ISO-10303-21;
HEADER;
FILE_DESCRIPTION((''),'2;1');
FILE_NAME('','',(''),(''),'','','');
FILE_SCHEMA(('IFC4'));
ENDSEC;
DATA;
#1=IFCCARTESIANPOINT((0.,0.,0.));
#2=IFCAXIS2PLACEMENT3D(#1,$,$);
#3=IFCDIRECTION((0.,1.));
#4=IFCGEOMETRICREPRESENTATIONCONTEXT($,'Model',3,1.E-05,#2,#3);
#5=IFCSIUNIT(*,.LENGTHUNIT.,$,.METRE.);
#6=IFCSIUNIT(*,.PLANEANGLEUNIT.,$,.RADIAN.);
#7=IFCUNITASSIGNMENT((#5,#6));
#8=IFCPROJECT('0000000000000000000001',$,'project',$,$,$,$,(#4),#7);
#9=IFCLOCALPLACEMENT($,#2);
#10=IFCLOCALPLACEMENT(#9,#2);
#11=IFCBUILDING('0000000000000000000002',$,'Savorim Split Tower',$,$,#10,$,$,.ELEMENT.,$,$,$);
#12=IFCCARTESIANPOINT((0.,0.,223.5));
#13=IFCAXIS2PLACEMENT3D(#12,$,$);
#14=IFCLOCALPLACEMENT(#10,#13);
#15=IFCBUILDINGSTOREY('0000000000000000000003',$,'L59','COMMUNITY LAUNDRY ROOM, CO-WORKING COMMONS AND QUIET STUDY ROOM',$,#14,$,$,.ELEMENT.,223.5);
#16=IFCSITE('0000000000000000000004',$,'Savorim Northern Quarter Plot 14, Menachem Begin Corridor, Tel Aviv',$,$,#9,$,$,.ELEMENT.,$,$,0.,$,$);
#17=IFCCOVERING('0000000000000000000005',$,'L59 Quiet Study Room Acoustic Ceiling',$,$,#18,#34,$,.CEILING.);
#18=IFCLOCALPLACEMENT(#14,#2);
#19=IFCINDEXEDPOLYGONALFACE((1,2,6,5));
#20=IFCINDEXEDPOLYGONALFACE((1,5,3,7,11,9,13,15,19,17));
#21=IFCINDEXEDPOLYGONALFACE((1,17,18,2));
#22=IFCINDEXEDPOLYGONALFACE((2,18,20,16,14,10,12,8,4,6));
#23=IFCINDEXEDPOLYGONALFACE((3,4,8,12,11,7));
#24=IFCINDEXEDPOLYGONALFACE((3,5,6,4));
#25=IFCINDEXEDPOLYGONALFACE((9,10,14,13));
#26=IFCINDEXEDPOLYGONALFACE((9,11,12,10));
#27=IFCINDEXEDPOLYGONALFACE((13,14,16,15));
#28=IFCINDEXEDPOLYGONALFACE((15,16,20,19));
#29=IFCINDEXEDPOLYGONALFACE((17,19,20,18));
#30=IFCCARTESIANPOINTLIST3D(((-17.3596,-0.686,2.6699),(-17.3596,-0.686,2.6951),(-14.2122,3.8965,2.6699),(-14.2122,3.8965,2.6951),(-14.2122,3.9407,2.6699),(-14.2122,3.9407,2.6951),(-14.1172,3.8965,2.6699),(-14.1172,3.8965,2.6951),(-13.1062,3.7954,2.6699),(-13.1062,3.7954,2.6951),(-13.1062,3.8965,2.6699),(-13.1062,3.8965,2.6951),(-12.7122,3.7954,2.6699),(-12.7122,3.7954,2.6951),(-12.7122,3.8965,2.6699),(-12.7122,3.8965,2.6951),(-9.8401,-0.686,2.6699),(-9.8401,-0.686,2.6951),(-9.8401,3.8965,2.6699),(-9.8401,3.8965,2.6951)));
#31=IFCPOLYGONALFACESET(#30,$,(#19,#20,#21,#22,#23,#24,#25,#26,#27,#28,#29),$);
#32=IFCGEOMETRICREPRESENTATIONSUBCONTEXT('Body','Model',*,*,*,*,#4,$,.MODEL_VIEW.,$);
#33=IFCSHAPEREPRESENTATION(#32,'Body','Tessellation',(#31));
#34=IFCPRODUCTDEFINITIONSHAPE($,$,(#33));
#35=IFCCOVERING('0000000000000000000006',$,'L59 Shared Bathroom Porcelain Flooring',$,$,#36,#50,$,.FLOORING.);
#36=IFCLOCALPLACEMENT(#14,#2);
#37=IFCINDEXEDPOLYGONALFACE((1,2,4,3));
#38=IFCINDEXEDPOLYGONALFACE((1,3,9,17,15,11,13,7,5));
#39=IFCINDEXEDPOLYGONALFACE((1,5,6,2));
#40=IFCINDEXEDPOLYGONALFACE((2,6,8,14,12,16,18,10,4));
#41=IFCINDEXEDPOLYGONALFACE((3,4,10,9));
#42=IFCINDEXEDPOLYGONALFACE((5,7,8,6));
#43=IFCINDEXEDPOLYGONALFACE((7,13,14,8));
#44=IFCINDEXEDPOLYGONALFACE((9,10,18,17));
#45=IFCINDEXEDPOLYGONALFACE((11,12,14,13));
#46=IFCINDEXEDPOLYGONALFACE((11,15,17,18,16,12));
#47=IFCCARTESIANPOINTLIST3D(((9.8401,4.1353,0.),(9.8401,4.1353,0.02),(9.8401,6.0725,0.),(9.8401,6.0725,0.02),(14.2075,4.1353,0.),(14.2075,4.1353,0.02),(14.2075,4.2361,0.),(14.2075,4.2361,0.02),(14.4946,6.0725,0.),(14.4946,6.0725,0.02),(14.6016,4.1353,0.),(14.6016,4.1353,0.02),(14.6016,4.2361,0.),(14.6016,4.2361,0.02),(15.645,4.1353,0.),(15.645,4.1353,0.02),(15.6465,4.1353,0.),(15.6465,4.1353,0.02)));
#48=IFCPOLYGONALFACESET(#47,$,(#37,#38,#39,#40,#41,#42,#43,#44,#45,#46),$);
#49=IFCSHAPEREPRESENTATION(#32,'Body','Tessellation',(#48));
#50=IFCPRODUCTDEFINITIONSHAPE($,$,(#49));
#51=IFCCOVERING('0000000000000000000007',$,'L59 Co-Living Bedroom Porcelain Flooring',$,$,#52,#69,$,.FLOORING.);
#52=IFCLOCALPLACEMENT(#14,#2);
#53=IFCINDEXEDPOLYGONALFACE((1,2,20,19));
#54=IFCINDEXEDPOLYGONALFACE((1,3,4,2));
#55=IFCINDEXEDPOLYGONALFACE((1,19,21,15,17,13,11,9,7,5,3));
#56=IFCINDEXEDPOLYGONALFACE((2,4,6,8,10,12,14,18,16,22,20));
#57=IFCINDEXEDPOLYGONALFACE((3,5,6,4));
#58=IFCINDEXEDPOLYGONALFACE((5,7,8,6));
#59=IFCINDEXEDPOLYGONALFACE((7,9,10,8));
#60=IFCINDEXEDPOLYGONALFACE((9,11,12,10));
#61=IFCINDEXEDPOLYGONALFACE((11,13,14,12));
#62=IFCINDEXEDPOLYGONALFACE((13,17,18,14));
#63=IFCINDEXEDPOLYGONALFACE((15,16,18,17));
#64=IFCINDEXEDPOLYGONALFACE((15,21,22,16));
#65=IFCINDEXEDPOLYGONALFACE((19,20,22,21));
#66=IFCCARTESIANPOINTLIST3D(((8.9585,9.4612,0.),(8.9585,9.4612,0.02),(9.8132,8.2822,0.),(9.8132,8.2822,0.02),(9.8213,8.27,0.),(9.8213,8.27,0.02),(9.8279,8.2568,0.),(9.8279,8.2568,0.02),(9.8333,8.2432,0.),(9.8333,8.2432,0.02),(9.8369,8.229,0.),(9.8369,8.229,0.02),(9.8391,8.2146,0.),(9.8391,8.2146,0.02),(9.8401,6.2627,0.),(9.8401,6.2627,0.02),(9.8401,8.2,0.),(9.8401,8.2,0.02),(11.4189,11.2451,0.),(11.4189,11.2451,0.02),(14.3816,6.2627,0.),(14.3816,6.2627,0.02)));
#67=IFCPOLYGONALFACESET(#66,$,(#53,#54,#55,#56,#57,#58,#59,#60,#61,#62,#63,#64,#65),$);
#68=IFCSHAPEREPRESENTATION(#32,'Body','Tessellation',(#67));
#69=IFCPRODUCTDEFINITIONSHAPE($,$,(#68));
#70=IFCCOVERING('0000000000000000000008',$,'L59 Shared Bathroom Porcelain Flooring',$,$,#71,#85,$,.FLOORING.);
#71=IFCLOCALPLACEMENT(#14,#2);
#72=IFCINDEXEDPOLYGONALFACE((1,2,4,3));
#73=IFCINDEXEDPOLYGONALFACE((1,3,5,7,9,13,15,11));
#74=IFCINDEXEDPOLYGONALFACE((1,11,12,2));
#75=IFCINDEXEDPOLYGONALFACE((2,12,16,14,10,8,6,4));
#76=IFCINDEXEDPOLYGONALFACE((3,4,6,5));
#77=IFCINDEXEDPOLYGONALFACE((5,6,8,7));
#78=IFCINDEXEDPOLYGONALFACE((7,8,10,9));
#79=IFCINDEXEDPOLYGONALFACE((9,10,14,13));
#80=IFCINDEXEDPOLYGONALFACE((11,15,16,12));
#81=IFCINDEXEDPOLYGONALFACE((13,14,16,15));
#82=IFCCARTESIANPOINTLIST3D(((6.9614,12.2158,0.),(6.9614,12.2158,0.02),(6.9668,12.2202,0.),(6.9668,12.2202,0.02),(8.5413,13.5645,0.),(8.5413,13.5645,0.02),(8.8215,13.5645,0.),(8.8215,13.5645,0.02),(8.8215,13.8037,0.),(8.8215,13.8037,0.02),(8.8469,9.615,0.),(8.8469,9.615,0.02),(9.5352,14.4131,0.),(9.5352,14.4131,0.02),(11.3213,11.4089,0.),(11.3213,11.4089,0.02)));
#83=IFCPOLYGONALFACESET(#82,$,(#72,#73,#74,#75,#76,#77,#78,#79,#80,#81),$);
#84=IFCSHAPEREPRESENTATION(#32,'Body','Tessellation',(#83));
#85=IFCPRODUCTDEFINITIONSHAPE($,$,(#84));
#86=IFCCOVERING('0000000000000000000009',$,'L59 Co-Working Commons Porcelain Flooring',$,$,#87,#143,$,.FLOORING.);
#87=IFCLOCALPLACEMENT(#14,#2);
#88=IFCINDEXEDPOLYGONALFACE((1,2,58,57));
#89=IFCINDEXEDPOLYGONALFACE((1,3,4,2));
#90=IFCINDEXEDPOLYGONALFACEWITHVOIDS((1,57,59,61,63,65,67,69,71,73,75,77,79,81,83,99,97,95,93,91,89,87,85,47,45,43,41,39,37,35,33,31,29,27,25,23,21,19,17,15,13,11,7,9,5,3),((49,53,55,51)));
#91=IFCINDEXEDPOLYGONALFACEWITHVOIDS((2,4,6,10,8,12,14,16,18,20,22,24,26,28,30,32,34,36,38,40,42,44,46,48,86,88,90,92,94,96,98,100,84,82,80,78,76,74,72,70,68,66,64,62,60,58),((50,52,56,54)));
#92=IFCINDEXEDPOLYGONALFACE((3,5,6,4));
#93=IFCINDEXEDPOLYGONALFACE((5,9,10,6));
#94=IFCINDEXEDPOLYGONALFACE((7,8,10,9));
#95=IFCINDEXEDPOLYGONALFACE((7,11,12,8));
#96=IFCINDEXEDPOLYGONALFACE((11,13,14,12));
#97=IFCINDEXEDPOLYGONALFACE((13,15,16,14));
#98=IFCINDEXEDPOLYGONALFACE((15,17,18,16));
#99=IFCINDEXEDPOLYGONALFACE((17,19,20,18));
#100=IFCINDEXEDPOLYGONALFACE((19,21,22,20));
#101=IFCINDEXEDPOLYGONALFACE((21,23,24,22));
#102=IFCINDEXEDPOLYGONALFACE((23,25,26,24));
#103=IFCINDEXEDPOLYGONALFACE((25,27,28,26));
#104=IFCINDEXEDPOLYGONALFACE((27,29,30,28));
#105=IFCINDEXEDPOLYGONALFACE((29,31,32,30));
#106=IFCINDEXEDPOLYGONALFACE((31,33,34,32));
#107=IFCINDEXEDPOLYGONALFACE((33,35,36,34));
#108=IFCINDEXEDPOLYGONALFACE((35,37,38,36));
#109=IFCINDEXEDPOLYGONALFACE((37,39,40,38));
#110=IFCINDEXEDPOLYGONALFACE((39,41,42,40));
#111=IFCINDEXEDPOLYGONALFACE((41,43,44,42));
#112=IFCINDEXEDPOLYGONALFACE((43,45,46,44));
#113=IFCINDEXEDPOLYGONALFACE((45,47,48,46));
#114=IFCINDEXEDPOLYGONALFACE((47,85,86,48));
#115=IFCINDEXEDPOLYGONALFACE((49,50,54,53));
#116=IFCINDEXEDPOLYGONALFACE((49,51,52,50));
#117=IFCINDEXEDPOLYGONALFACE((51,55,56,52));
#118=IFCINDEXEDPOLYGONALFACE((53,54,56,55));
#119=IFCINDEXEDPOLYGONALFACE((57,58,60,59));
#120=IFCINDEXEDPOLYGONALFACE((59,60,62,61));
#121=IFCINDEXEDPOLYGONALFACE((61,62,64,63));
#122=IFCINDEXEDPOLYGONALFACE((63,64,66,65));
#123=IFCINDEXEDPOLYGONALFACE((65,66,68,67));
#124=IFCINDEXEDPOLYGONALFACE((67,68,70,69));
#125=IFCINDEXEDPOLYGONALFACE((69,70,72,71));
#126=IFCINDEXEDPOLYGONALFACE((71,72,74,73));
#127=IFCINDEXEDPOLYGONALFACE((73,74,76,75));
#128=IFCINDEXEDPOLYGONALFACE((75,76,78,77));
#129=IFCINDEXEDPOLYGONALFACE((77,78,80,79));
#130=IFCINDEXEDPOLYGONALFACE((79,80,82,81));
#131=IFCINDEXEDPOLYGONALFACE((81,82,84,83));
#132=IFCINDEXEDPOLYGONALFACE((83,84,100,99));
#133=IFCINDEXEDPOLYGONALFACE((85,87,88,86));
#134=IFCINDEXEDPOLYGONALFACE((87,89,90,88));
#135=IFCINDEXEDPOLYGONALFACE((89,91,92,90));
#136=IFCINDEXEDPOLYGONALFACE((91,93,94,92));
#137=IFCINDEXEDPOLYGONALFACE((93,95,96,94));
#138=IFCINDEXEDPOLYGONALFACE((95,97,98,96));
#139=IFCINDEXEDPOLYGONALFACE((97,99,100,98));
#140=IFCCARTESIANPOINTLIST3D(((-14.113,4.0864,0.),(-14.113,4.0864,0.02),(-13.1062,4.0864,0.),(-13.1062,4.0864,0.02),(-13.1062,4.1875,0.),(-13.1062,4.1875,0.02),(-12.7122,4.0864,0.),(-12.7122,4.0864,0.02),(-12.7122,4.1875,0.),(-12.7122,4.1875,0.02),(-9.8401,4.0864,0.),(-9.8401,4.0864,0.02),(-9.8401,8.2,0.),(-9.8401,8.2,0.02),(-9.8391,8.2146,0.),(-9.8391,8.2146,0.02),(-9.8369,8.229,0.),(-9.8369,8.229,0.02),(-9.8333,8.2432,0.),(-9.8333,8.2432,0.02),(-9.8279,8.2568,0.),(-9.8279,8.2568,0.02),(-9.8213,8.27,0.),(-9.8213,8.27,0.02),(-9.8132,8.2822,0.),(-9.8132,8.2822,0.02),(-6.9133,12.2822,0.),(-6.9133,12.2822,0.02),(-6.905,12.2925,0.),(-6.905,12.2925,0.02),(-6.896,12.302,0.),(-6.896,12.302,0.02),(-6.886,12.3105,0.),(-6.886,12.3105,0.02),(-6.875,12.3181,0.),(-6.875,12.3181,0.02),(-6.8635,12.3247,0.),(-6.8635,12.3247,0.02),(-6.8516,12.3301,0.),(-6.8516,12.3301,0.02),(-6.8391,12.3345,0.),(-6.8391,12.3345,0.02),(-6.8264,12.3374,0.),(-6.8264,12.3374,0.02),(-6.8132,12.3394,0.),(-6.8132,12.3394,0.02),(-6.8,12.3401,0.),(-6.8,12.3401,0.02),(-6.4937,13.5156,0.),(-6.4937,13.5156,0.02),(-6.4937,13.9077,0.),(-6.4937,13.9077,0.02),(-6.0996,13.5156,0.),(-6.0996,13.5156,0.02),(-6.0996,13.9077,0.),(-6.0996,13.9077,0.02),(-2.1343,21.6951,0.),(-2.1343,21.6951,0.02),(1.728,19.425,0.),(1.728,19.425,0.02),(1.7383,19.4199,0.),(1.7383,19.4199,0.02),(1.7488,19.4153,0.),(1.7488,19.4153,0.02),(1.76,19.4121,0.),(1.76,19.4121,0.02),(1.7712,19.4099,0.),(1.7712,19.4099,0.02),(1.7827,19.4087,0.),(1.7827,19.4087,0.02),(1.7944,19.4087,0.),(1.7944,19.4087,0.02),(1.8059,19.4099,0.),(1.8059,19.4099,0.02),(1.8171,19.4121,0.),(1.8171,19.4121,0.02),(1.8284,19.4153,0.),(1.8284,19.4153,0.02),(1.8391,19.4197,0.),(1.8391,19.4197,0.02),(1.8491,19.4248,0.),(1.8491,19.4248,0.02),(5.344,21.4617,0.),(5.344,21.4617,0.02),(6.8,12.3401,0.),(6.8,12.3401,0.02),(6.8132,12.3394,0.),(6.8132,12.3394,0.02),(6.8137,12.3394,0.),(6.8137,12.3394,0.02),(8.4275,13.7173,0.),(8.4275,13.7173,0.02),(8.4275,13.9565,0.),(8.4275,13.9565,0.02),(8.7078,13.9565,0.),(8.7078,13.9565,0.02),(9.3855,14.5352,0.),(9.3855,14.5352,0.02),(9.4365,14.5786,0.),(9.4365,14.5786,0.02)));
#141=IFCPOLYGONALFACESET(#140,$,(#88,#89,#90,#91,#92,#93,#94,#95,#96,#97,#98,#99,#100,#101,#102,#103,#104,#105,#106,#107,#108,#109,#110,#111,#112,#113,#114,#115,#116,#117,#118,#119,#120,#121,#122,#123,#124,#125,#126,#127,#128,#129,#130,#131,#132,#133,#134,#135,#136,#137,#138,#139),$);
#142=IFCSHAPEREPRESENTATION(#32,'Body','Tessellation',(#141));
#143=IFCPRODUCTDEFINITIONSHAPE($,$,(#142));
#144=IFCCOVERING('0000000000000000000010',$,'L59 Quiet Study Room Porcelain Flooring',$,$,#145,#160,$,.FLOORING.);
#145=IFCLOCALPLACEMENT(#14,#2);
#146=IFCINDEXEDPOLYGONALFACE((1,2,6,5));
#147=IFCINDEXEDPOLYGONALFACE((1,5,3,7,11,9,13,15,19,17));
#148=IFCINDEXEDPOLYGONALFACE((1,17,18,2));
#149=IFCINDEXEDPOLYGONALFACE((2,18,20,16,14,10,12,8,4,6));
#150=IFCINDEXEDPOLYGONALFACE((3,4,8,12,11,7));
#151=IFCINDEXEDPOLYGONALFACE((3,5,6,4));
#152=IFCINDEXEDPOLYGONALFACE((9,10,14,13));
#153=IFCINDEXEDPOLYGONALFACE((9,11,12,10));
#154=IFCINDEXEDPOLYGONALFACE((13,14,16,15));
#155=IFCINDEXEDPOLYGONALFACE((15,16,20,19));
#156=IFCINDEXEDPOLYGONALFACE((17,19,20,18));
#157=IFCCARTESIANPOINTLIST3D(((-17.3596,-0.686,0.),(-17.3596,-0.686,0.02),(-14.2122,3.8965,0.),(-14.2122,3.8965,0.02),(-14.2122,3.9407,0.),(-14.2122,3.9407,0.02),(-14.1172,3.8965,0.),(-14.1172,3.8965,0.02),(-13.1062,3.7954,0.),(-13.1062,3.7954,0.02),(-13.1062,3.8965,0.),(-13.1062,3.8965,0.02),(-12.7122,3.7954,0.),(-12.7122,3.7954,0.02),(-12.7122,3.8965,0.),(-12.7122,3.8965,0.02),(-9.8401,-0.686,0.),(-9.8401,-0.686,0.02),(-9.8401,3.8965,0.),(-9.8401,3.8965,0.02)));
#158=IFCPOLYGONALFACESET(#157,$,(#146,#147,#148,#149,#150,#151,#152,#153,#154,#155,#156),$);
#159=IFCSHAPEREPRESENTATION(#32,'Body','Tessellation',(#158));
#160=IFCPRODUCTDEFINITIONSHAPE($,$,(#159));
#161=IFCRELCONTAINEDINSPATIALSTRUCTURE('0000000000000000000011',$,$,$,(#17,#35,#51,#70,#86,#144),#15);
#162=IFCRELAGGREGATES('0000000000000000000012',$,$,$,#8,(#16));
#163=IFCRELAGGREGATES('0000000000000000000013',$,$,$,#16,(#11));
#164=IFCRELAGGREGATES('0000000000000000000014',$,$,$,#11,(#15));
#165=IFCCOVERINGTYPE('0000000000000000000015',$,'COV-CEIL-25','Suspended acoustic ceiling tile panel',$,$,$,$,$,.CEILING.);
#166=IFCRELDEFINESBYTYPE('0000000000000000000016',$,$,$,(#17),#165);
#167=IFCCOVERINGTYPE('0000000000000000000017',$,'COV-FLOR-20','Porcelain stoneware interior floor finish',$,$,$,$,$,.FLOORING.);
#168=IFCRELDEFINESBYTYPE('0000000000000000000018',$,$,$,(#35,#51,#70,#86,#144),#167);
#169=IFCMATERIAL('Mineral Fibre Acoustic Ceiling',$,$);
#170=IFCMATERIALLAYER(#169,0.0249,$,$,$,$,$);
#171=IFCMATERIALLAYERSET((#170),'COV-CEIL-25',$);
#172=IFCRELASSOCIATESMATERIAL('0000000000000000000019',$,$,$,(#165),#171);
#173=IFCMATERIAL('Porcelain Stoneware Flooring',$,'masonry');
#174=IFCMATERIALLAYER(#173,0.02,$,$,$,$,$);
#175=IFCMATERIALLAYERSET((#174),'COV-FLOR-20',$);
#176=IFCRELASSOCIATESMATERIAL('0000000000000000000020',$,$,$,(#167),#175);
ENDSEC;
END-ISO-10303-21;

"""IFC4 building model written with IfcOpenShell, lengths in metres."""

from ifc_helpers import new_model, si_unit, direction, frame, origin, place, context, subcontext, project, spatial, polyline, outline, extrude, material, layer, layer_set, type_object, element, save


model = new_model("IFC4")

# Units and contexts
model_context = context("Model", 3, precision=1e-05, world=origin(), true_north=direction((0.0, 1.0)))
body_context = subcontext(model_context, "Body", "Model", "MODEL_VIEW")
ifc_project = project(units=[si_unit("LENGTHUNIT", "METRE"), si_unit("PLANEANGLEUNIT", "RADIAN")], contexts=[model_context])

# Site, building, storey
site_placement = place(None, origin())
site = spatial("IfcSite", under=ifc_project, at=site_placement, Name="Savorim Northern Quarter Plot 14, Menachem Begin Corridor, Tel Aviv", CompositionType="ELEMENT", RefElevation=0.0)
building_placement = place(site_placement, origin())
building = spatial("IfcBuilding", under=site, at=building_placement, Name="Savorim Split Tower", CompositionType="ELEMENT")
storey_placement = place(building_placement, frame((0.0, 0.0, 223.5)))
storey = spatial("IfcBuildingStorey", under=building, at=storey_placement, Name="L59", Description="COMMUNITY LAUNDRY ROOM, CO-WORKING COMMONS AND QUIET STUDY ROOM", CompositionType="ELEMENT", Elevation=223.5)

# Coverings
ifc_material_1 = material(Name="Mineral Fibre Acoustic Ceiling")
ifc_layer_1 = layer(ifc_material_1, 0.0249)
ifc_layer_set_1 = layer_set([ifc_layer_1], Name="COV-CEIL-25")
covering_type_1 = type_object("IfcCoveringType", Name="COV-CEIL-25", Description="Suspended acoustic ceiling tile panel", PredefinedType="CEILING", material=ifc_layer_set_1)
covering_1_placement = place(storey_placement, frame((0.0, 0.0, 2.6699)))
element("IfcCovering", 1, at=covering_1_placement, inside=storey, type_object=covering_type_1, Name="L59 Quiet Study Room Acoustic Ceiling", PredefinedType="CEILING", context=body_context, shape_type="SweptSolid", body=[
    extrude(outline(polyline([(-13.1062, 3.8965), (-14.1172, 3.8965), (-14.2122, 3.8965), (-14.2122, 3.9407), (-17.3596, -0.686), (-9.8401, -0.686), (-9.8401, 3.8965), (-12.7122, 3.8965), (-12.7122, 3.7954), (-13.1062, 3.7954), (-13.1062, 3.8965)])), origin(), (0.0, 0.0, 1.0), 0.0251),
])
ifc_material_2 = material(Name="Porcelain Stoneware Flooring", Category="masonry")
ifc_layer_2 = layer(ifc_material_2, 0.02)
ifc_layer_set_2 = layer_set([ifc_layer_2], Name="COV-FLOR-20")
covering_type_2 = type_object("IfcCoveringType", Name="COV-FLOR-20", Description="Porcelain stoneware interior floor finish", PredefinedType="FLOORING", material=ifc_layer_set_2)
covering_2_placement = place(storey_placement, origin())
element("IfcCovering", 2, at=covering_2_placement, inside=storey, type_object=covering_type_2, Name="L59 Shared Bathroom Porcelain Flooring", PredefinedType="FLOORING", context=body_context, shape_type="SweptSolid", body=[
    extrude(outline(polyline([(14.6016, 4.2361), (14.6016, 4.1353), (15.645, 4.1353), (15.6465, 4.1353), (14.4946, 6.0725), (9.8401, 6.0725), (9.8401, 4.1353), (14.2075, 4.1353), (14.2075, 4.2361), (14.6016, 4.2361)])), origin(), (0.0, 0.0, 1.0), 0.02),
])
covering_3_placement = place(storey_placement, origin())
element("IfcCovering", 3, at=covering_3_placement, inside=storey, type_object=covering_type_2, Name="L59 Co-Living Bedroom Porcelain Flooring", PredefinedType="FLOORING", context=body_context, shape_type="SweptSolid", body=[
    extrude(outline(polyline([(9.8369, 8.229), (9.8391, 8.2146), (9.8401, 8.2), (9.8401, 6.2627), (14.3816, 6.2627), (11.4189, 11.2451), (8.9585, 9.4612), (9.8132, 8.2822), (9.8213, 8.27), (9.8279, 8.2568), (9.8333, 8.2432), (9.8369, 8.229)])), origin(), (0.0, 0.0, 1.0), 0.02),
])
covering_4_placement = place(storey_placement, origin())
element("IfcCovering", 4, at=covering_4_placement, inside=storey, type_object=covering_type_2, Name="L59 Shared Bathroom Porcelain Flooring", PredefinedType="FLOORING", context=body_context, shape_type="SweptSolid", body=[
    extrude(outline(polyline([(8.5413, 13.5645), (6.9668, 12.2202), (6.9614, 12.2158), (8.8469, 9.615), (11.3213, 11.4089), (9.5352, 14.4131), (8.8215, 13.8037), (8.8215, 13.5645), (8.5413, 13.5645)])), origin(), (0.0, 0.0, 1.0), 0.02),
])
covering_5_placement = place(storey_placement, origin())
element("IfcCovering", 5, at=covering_5_placement, inside=storey, type_object=covering_type_2, Name="L59 Co-Working Commons Porcelain Flooring", PredefinedType="FLOORING", context=body_context, shape_type="SweptSolid", body=[
    extrude(outline(polyline([(1.7488, 19.4153), (1.7383, 19.4199), (1.728, 19.425), (-2.1343, 21.6951), (-14.113, 4.0864), (-13.1062, 4.0864), (-13.1062, 4.1875), (-12.7122, 4.1875), (-12.7122, 4.0864), (-9.8401, 4.0864), (-9.8401, 8.2), (-9.8391, 8.2146), (-9.8369, 8.229), (-9.8333, 8.2432), (-9.8279, 8.2568), (-9.8213, 8.27), (-9.8132, 8.2822), (-6.9133, 12.2822), (-6.905, 12.2925), (-6.896, 12.302), (-6.886, 12.3105), (-6.875, 12.3181), (-6.8635, 12.3247), (-6.8516, 12.3301), (-6.8391, 12.3345), (-6.8264, 12.3374), (-6.8132, 12.3394), (-6.8, 12.3401), (6.8, 12.3401), (6.8132, 12.3394), (6.8137, 12.3394), (8.4275, 13.7173), (8.4275, 13.9565), (8.7078, 13.9565), (9.3855, 14.5352), (9.4365, 14.5786), (5.344, 21.4617), (1.8491, 19.4248), (1.8391, 19.4197), (1.8284, 19.4153), (1.8171, 19.4121), (1.8059, 19.4099), (1.7944, 19.4087), (1.7827, 19.4087), (1.7712, 19.4099), (1.76, 19.4121), (1.7488, 19.4153)]), holes=[polyline([(-6.0996, 13.9077), (-6.4937, 13.9077), (-6.4937, 13.5156), (-6.0996, 13.5156), (-6.0996, 13.9077)])]), origin(), (0.0, 0.0, 1.0), 0.02),
])
covering_6_placement = place(storey_placement, origin())
element("IfcCovering", 6, at=covering_6_placement, inside=storey, type_object=covering_type_2, Name="L59 Quiet Study Room Porcelain Flooring", PredefinedType="FLOORING", context=body_context, shape_type="SweptSolid", body=[
    extrude(outline(polyline([(-13.1062, 3.8965), (-14.1172, 3.8965), (-14.2122, 3.8965), (-14.2122, 3.9407), (-17.3596, -0.686), (-9.8401, -0.686), (-9.8401, 3.8965), (-12.7122, 3.8965), (-12.7122, 3.7954), (-13.1062, 3.7954), (-13.1062, 3.8965)])), origin(), (0.0, 0.0, 1.0), 0.02),
])

save(model, "model.ifc")
